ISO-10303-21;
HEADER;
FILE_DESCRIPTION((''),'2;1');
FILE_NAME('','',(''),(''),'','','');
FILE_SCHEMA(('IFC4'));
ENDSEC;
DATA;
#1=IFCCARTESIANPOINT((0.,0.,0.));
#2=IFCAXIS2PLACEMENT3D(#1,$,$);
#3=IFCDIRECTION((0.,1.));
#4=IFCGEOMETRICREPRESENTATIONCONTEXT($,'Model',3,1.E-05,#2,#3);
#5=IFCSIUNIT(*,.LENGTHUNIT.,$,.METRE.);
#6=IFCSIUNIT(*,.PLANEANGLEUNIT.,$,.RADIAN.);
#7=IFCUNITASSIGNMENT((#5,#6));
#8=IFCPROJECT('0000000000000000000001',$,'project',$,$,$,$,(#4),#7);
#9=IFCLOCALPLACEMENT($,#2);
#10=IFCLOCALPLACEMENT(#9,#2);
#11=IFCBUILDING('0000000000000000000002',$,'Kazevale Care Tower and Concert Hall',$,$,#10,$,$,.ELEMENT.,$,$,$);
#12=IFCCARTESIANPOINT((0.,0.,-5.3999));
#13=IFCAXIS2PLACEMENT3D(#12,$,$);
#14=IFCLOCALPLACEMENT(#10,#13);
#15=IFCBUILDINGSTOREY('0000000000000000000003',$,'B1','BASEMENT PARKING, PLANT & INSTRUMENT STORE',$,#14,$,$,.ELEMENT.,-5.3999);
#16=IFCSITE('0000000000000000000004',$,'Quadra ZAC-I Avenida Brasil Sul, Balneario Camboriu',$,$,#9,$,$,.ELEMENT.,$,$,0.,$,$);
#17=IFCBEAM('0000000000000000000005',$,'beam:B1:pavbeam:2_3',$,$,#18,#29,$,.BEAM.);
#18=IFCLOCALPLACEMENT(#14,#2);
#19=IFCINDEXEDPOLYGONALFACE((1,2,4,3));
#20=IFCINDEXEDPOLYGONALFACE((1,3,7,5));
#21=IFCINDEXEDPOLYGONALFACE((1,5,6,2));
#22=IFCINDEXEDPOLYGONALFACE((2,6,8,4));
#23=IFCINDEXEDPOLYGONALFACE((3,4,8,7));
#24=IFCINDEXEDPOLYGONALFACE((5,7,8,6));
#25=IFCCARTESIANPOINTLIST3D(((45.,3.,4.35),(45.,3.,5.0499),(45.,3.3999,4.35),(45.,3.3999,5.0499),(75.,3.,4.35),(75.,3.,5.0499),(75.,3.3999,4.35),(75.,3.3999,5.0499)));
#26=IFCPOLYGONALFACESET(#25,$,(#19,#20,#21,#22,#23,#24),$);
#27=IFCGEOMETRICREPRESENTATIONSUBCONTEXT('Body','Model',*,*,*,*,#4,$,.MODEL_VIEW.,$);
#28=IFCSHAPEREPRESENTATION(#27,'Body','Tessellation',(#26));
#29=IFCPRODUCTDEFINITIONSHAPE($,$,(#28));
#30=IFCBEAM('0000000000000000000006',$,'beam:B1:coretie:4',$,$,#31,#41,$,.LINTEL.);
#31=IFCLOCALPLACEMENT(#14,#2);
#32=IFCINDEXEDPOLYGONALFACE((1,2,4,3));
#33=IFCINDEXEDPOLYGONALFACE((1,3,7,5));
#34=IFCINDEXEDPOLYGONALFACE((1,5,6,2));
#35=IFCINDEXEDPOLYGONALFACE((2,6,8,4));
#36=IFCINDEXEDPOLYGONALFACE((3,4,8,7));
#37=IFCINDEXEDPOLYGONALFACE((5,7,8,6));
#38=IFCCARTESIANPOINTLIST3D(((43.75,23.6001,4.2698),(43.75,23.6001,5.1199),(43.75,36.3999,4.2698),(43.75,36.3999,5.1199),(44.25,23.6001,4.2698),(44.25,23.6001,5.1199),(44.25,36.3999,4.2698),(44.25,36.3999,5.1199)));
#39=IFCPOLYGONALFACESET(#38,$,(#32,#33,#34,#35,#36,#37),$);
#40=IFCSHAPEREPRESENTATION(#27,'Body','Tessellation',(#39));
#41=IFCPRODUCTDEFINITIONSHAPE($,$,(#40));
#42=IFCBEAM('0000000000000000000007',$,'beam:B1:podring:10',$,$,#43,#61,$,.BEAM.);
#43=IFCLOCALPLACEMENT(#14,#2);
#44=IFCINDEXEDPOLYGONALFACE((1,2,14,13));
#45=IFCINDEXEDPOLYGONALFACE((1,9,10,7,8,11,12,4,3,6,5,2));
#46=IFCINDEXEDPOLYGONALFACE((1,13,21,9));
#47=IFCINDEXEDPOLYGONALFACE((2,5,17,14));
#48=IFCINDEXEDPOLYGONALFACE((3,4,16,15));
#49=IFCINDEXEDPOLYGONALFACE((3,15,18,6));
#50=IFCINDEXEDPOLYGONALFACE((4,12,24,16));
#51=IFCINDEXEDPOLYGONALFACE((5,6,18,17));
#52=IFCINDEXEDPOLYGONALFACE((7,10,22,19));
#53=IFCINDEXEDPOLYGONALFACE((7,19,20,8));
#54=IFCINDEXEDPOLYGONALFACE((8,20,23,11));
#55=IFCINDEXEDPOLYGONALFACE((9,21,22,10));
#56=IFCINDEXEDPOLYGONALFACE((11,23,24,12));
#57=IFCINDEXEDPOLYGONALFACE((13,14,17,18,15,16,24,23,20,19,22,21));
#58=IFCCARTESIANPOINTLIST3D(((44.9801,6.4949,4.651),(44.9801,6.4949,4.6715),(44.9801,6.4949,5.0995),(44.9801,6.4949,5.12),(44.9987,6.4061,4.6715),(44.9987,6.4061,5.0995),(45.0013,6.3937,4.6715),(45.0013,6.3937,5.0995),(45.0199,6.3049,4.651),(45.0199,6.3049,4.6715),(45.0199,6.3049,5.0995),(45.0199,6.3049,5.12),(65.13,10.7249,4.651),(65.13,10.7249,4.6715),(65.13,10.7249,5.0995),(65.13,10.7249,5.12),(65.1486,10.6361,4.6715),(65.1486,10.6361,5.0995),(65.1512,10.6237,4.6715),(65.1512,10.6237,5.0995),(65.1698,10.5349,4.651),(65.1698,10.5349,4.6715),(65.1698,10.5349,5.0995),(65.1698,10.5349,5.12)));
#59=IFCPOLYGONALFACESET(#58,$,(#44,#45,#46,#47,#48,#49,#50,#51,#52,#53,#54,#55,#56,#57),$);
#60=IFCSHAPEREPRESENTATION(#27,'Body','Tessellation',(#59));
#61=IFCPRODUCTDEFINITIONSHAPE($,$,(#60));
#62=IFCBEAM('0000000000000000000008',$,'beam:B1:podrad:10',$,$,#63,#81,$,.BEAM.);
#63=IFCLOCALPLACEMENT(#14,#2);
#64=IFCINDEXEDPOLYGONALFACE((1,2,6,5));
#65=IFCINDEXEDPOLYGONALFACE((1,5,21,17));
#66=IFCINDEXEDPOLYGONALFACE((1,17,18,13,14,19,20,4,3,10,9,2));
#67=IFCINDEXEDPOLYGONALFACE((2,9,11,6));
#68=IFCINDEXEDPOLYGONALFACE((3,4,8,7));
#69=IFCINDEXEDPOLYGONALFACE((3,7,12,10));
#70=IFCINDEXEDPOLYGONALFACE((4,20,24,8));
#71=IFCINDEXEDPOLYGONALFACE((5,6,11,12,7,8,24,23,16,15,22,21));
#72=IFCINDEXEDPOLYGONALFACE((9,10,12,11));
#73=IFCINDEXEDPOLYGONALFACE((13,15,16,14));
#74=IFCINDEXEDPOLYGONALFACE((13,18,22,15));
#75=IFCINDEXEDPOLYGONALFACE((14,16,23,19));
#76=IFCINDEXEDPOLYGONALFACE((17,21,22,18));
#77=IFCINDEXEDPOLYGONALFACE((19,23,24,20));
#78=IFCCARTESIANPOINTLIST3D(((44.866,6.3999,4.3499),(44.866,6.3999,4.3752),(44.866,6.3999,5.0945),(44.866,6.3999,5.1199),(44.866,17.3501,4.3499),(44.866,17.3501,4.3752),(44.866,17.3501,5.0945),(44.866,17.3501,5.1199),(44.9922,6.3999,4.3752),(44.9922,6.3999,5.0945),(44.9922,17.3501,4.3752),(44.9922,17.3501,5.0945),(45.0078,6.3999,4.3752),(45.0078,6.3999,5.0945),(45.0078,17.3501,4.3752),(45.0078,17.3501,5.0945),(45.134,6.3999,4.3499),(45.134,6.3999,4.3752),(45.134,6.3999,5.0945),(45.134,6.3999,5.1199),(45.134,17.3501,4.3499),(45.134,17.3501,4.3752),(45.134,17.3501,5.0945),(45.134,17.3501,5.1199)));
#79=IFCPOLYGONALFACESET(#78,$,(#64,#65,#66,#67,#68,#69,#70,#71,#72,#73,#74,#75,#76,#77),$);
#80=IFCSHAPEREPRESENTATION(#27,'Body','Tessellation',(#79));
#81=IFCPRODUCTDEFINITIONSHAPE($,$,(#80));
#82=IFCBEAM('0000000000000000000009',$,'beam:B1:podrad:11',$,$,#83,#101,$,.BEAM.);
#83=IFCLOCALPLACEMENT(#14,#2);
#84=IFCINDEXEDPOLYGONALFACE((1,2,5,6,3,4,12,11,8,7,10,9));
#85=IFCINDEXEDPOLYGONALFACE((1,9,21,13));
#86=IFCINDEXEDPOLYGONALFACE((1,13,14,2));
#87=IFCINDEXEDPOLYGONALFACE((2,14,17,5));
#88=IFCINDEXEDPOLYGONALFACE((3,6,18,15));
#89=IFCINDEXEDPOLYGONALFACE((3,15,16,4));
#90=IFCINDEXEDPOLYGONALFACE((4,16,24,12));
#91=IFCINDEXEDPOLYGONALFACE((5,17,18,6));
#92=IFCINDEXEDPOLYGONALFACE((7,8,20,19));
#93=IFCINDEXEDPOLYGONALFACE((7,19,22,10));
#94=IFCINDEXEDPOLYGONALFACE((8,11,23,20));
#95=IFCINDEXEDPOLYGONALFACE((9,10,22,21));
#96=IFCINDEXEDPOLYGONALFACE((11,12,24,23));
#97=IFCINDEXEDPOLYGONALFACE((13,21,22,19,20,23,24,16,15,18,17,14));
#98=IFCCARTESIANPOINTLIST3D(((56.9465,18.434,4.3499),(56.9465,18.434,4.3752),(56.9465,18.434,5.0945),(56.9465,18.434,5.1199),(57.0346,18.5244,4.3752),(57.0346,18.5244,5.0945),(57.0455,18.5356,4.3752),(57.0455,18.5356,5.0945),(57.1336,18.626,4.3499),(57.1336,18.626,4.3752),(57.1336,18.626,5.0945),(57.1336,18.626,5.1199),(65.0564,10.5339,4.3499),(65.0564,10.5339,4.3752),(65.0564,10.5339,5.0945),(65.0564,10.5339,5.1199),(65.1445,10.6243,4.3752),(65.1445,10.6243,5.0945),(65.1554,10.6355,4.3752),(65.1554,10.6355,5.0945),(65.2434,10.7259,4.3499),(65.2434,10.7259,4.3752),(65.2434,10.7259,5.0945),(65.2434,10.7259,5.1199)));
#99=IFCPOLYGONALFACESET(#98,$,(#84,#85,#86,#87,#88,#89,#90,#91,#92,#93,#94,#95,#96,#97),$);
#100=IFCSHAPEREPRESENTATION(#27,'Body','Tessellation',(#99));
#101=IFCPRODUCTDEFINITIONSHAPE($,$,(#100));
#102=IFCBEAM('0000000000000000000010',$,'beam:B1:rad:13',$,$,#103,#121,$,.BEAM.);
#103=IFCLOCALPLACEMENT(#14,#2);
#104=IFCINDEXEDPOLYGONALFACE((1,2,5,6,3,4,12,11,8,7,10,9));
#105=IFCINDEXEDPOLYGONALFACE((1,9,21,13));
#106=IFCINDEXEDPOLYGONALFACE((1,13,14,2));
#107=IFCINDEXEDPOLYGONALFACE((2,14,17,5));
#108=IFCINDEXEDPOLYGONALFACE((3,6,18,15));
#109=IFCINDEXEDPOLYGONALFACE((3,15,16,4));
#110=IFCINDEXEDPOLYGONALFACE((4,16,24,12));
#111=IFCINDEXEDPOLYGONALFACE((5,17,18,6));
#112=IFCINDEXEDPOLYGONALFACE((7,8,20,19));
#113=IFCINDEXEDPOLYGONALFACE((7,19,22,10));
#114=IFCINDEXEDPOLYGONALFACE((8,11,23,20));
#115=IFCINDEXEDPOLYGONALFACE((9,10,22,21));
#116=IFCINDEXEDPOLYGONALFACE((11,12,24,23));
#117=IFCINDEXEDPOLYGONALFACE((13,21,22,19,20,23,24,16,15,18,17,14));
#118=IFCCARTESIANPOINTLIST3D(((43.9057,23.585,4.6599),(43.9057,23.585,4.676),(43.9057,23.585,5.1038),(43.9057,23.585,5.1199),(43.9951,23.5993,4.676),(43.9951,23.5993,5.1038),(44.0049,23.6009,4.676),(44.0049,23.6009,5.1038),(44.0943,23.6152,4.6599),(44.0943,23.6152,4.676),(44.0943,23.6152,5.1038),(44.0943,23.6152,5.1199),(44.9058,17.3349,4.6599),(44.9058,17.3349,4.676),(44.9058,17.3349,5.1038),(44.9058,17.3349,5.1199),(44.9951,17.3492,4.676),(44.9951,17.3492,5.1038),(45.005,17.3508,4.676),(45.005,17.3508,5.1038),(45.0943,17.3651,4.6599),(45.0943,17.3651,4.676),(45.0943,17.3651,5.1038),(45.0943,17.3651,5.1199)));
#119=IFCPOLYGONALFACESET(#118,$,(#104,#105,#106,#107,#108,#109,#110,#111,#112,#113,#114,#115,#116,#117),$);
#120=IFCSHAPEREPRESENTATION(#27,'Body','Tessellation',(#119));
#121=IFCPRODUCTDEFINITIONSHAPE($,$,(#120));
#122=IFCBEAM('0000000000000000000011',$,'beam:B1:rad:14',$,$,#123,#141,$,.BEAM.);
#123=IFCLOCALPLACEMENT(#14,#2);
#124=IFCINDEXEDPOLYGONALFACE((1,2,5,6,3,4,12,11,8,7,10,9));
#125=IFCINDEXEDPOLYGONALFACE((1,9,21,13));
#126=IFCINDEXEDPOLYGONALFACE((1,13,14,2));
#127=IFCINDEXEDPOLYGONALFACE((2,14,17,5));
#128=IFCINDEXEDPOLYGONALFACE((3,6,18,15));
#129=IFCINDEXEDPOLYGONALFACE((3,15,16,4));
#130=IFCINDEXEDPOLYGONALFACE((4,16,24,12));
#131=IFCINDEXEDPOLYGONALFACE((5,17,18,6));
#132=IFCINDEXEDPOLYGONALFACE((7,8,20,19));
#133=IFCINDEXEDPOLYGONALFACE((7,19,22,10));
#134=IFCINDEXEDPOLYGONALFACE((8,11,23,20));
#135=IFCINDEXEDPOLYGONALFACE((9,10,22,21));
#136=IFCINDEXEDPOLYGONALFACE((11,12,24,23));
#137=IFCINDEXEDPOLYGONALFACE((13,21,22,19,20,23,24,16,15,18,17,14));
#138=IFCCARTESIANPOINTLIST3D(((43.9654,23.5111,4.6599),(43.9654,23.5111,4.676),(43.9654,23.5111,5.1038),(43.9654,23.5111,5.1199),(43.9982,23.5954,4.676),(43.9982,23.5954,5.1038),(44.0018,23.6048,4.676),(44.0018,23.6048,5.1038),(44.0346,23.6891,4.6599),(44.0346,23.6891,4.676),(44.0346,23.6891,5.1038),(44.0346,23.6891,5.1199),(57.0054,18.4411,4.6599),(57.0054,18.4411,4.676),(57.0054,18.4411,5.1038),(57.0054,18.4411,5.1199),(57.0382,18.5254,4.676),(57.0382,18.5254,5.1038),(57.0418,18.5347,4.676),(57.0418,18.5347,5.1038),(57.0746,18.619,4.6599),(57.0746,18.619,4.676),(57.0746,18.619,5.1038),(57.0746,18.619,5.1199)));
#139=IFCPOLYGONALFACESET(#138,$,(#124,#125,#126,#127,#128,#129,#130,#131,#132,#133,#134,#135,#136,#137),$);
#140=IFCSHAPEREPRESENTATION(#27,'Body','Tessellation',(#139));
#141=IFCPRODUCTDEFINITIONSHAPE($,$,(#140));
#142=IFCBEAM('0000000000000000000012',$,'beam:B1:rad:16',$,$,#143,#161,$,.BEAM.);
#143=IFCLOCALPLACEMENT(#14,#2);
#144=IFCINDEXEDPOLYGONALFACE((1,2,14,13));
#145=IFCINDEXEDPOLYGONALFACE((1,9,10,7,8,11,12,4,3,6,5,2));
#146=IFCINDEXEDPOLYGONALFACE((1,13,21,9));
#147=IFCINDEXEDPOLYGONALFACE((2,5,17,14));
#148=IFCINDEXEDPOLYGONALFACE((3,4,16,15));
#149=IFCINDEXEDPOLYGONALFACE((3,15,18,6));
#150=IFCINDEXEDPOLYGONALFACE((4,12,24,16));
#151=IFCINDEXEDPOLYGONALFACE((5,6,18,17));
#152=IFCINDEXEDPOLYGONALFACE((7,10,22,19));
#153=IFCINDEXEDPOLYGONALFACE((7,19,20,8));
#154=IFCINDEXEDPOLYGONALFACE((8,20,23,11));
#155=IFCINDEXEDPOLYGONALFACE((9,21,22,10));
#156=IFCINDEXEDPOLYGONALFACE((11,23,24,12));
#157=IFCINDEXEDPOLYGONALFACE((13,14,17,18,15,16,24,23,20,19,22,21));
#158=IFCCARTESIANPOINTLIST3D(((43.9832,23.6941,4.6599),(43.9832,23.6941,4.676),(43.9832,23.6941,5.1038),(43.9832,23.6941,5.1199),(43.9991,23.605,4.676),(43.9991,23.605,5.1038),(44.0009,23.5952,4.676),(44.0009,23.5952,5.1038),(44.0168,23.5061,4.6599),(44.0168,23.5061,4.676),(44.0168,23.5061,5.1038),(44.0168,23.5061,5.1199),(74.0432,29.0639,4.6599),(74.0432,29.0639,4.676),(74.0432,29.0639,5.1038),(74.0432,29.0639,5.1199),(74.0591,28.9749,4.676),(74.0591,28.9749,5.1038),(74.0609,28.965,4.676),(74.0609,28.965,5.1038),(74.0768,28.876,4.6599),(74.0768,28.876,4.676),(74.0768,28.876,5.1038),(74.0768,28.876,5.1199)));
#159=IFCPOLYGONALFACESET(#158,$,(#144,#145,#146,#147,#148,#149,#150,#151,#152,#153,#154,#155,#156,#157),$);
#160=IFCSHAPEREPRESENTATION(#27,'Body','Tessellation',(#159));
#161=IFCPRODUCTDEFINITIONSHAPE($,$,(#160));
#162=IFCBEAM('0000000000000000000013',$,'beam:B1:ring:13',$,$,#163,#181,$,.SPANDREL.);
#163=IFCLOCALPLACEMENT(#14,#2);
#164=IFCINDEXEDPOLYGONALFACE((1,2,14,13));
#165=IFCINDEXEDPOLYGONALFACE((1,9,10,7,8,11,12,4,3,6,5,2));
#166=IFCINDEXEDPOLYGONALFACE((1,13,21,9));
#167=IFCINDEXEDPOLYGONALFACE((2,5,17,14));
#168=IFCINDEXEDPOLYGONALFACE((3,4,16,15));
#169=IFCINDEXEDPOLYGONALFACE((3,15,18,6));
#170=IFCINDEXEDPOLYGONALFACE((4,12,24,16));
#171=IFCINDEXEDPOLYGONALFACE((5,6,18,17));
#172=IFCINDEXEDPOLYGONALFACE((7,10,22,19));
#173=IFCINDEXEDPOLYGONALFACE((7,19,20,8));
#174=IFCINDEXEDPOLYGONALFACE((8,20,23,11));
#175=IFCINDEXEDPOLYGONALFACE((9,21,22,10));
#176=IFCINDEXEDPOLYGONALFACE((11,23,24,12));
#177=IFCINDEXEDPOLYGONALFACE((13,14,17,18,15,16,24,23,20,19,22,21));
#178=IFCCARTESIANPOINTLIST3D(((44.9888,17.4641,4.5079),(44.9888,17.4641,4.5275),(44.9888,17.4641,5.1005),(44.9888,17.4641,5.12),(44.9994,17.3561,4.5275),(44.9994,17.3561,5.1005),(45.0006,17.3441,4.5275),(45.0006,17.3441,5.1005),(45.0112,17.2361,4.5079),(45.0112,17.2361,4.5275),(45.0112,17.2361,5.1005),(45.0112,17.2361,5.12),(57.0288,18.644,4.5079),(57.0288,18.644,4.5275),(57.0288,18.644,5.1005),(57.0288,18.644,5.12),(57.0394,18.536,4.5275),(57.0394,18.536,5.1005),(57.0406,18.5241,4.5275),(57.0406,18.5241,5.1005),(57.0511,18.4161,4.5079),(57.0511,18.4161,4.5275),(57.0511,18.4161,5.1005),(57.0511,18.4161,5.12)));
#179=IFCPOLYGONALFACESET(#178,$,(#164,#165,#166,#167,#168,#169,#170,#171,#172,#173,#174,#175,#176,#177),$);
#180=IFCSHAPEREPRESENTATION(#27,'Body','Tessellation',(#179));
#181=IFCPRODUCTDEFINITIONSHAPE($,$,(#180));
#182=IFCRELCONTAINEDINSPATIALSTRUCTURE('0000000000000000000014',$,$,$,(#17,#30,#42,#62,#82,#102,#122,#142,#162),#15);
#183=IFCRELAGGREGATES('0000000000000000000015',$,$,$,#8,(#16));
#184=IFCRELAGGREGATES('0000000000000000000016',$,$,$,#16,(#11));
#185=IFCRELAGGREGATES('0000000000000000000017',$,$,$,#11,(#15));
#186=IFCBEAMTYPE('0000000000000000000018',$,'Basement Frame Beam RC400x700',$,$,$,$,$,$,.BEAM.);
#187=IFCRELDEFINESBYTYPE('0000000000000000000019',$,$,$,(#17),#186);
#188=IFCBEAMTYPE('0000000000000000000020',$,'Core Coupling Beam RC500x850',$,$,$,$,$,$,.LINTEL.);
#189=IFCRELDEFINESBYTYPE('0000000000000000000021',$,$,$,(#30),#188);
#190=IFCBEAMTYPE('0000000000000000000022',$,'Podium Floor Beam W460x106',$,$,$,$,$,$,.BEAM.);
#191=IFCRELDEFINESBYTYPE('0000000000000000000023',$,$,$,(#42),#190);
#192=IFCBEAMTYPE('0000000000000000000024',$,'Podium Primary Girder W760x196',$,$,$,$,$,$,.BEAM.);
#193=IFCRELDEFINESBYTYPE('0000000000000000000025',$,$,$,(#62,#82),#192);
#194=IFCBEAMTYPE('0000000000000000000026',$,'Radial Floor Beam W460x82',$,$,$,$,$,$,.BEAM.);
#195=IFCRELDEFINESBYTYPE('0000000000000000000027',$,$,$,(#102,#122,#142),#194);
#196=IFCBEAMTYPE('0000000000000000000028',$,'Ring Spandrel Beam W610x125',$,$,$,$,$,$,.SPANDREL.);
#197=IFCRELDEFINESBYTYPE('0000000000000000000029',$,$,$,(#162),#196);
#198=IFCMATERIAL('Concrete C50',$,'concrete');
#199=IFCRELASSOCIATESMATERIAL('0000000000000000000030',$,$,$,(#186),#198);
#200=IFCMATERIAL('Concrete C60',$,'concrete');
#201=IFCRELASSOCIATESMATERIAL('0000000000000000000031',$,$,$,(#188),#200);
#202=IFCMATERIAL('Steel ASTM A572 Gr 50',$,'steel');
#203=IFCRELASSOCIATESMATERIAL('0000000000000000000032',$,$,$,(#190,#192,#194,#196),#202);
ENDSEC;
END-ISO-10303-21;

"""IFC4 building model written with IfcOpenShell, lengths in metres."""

from ifc_helpers import new_model, si_unit, direction, frame, origin, origin_2d, place, context, subcontext, project, spatial, rectangle, i_section, extrude, material, material_profile, profile_set, type_object, element, save


model = new_model("IFC4")

# Units and contexts
model_context = context("Model", 3, precision=1e-05, world=origin(), true_north=direction((0.0, 1.0)))
body_context = subcontext(model_context, "Body", "Model", "MODEL_VIEW")
ifc_project = project(units=[si_unit("LENGTHUNIT", "METRE"), si_unit("PLANEANGLEUNIT", "RADIAN")], contexts=[model_context])

# Site, building, storey
site_placement = place(None, origin())
site = spatial("IfcSite", under=ifc_project, at=site_placement, Name="Quadra ZAC-I Avenida Brasil Sul, Balneario Camboriu", CompositionType="ELEMENT", RefElevation=0.0)
building_placement = place(site_placement, origin())
building = spatial("IfcBuilding", under=site, at=building_placement, Name="Kazevale Care Tower and Concert Hall", CompositionType="ELEMENT")
storey_placement = place(building_placement, frame((0.0, 0.0, -5.3999)))
storey = spatial("IfcBuildingStorey", under=building, at=storey_placement, Name="B1", Description="BASEMENT PARKING, PLANT & INSTRUMENT STORE", CompositionType="ELEMENT", Elevation=-5.3999)

# Shared definitions
ifc_material_1 = material(Name="Concrete C50", Category="concrete")

# Shared definitions
ifc_material_2 = material(Name="Concrete C60", Category="concrete")

# Beams
ifc_material_profile_1 = material_profile(ifc_material_1, rectangle(XDim=0.3999, YDim=0.7, at=origin_2d()), Name="RC-B400x700")
ifc_profile_set_1 = profile_set([ifc_material_profile_1], Name="Concrete C50")
beam_type_1 = type_object("IfcBeamType", Name="Basement Frame Beam RC400x700", PredefinedType="BEAM", material=ifc_profile_set_1)
beam_1_placement = place(storey_placement, frame((45.0, 3.2, 4.7), z_axis=(1.0, 0.0, 0.0), x_axis=(0.0, 1.0, 0.0)))
element("IfcBeam", 1, at=beam_1_placement, inside=storey, type_object=beam_type_1, Name="beam:B1:pavbeam:2_3", PredefinedType="BEAM", context=body_context, shape_type="SweptSolid", body=[
    extrude(rectangle(XDim=0.3999, YDim=0.7, at=origin_2d()), origin(), (0.0, 0.0, 1.0), 30.0),
])
ifc_material_profile_2 = material_profile(ifc_material_2, rectangle(XDim=0.5, YDim=0.8501, at=origin_2d()), Name="RC-B500x850")
ifc_profile_set_2 = profile_set([ifc_material_profile_2], Name="Concrete C60")
beam_type_2 = type_object("IfcBeamType", Name="Core Coupling Beam RC500x850", PredefinedType="LINTEL", material=ifc_profile_set_2)
beam_2_placement = place(storey_placement, frame((44.0, 23.6001, 4.6948), z_axis=(0.0, 1.0, 0.0), x_axis=(-1.0, 0.0, 0.0)))
element("IfcBeam", 2, at=beam_2_placement, inside=storey, type_object=beam_type_2, Name="beam:B1:coretie:4", PredefinedType="LINTEL", context=body_context, shape_type="SweptSolid", body=[
    extrude(rectangle(XDim=0.5, YDim=0.8501, at=origin_2d()), origin(), (0.0, 0.0, 1.0), 12.7998),
])
ifc_material_3 = material(Name="Steel ASTM A572 Gr 50", Category="steel")
ifc_material_profile_3 = material_profile(ifc_material_3, i_section(OverallWidth=0.1941, OverallDepth=0.469, WebThickness=0.0127, FlangeThickness=0.0205, at=origin_2d()), Name="W460x106")
ifc_profile_set_3 = profile_set([ifc_material_profile_3], Name="Steel ASTM A572 Gr 50")
beam_type_3 = type_object("IfcBeamType", Name="Podium Floor Beam W460x106", PredefinedType="BEAM", material=ifc_profile_set_3)
beam_3_placement = place(storey_placement, frame((45.0, 6.3999, 4.8855), z_axis=(0.978668, 0.205448, 0.0), x_axis=(-0.205448, 0.978668, 0.0)))
element("IfcBeam", 3, at=beam_3_placement, inside=storey, type_object=beam_type_3, Name="beam:B1:podring:10", PredefinedType="BEAM", context=body_context, shape_type="SweptSolid", body=[
    extrude(i_section(OverallWidth=0.1941, OverallDepth=0.469, WebThickness=0.0127, FlangeThickness=0.0205, at=origin_2d()), origin(), (0.0, 0.0, 1.0), 20.5891),
])
ifc_material_profile_4 = material_profile(ifc_material_3, i_section(OverallWidth=0.2681, OverallDepth=0.77, WebThickness=0.0156, FlangeThickness=0.0254, at=origin_2d()), Name="W760x196")
ifc_profile_set_4 = profile_set([ifc_material_profile_4], Name="Steel ASTM A572 Gr 50")
beam_type_4 = type_object("IfcBeamType", Name="Podium Primary Girder W760x196", PredefinedType="BEAM", material=ifc_profile_set_4)
beam_4_placement = place(storey_placement, frame((45.0, 17.3501, 4.7349), z_axis=(0.0, -1.0, 0.0), x_axis=(1.0, 0.0, 0.0)))
element("IfcBeam", 4, at=beam_4_placement, inside=storey, type_object=beam_type_4, Name="beam:B1:podrad:10", PredefinedType="BEAM", context=body_context, shape_type="SweptSolid", body=[
    extrude(i_section(OverallWidth=0.2681, OverallDepth=0.77, WebThickness=0.0156, FlangeThickness=0.0254, at=origin_2d()), origin(), (0.0, 0.0, 1.0), 10.9502),
])
beam_5_placement = place(storey_placement, frame((57.04, 18.53, 4.7349), z_axis=(0.716308, -0.697784, 0.0), x_axis=(0.697784, 0.716308, 0.0)))
element("IfcBeam", 5, at=beam_5_placement, inside=storey, type_object=beam_type_4, Name="beam:B1:podrad:11", PredefinedType="BEAM", context=body_context, shape_type="SweptSolid", body=[
    extrude(i_section(OverallWidth=0.2681, OverallDepth=0.77, WebThickness=0.0156, FlangeThickness=0.0254, at=origin_2d()), origin(), (0.0, 0.0, 1.0), 11.3218),
])
ifc_material_profile_5 = material_profile(ifc_material_3, i_section(OverallWidth=0.1909, OverallDepth=0.46, WebThickness=0.01, FlangeThickness=0.0161, at=origin_2d()), Name="W460x82")
ifc_profile_set_5 = profile_set([ifc_material_profile_5], Name="Steel ASTM A572 Gr 50")
beam_type_5 = type_object("IfcBeamType", Name="Radial Floor Beam W460x82", PredefinedType="BEAM", material=ifc_profile_set_5)
beam_6_placement = place(storey_placement, frame((44.0, 23.6001, 4.8899), z_axis=(0.157991, -0.987441, 0.0), x_axis=(0.987441, 0.157991, 0.0)))
element("IfcBeam", 6, at=beam_6_placement, inside=storey, type_object=beam_type_5, Name="beam:B1:rad:13", PredefinedType="BEAM", context=body_context, shape_type="SweptSolid", body=[
    extrude(i_section(OverallWidth=0.1909, OverallDepth=0.46, WebThickness=0.01, FlangeThickness=0.0161, at=origin_2d()), origin(), (0.0, 0.0, 1.0), 6.3296),
])
beam_7_placement = place(storey_placement, frame((44.0, 23.6001, 4.8899), z_axis=(0.93203, -0.362381, 0.0), x_axis=(0.362381, 0.93203, 0.0)))
element("IfcBeam", 7, at=beam_7_placement, inside=storey, type_object=beam_type_5, Name="beam:B1:rad:14", PredefinedType="BEAM", context=body_context, shape_type="SweptSolid", body=[
    extrude(i_section(OverallWidth=0.1909, OverallDepth=0.46, WebThickness=0.01, FlangeThickness=0.0161, at=origin_2d()), origin(), (0.0, 0.0, 1.0), 13.991),
])
beam_8_placement = place(storey_placement, frame((44.0, 23.6001, 4.8899), z_axis=(0.984416, 0.175854, 0.0), x_axis=(-0.175854, 0.984416, 0.0)))
element("IfcBeam", 8, at=beam_8_placement, inside=storey, type_object=beam_type_5, Name="beam:B1:rad:16", PredefinedType="BEAM", context=body_context, shape_type="SweptSolid", body=[
    extrude(i_section(OverallWidth=0.1909, OverallDepth=0.46, WebThickness=0.01, FlangeThickness=0.0161, at=origin_2d()), origin(), (0.0, 0.0, 1.0), 30.5359),
])
ifc_material_profile_6 = material_profile(ifc_material_3, i_section(OverallWidth=0.229, OverallDepth=0.6121, WebThickness=0.012, FlangeThickness=0.0195, at=origin_2d()), Name="W610x125")
ifc_profile_set_6 = profile_set([ifc_material_profile_6], Name="Steel ASTM A572 Gr 50")
beam_type_6 = type_object("IfcBeamType", Name="Ring Spandrel Beam W610x125", PredefinedType="SPANDREL", material=ifc_profile_set_6)
beam_9_placement = place(storey_placement, frame((45.0, 17.3501, 4.814), z_axis=(0.995232, 0.097533, 0.0), x_axis=(-0.097533, 0.995232, 0.0)))
element("IfcBeam", 9, at=beam_9_placement, inside=storey, type_object=beam_type_6, Name="beam:B1:ring:13", PredefinedType="SPANDREL", context=body_context, shape_type="SweptSolid", body=[
    extrude(i_section(OverallWidth=0.229, OverallDepth=0.6121, WebThickness=0.012, FlangeThickness=0.0195, at=origin_2d()), origin(), (0.0, 0.0, 1.0), 12.0977),
])

save(model, "model.ifc")
